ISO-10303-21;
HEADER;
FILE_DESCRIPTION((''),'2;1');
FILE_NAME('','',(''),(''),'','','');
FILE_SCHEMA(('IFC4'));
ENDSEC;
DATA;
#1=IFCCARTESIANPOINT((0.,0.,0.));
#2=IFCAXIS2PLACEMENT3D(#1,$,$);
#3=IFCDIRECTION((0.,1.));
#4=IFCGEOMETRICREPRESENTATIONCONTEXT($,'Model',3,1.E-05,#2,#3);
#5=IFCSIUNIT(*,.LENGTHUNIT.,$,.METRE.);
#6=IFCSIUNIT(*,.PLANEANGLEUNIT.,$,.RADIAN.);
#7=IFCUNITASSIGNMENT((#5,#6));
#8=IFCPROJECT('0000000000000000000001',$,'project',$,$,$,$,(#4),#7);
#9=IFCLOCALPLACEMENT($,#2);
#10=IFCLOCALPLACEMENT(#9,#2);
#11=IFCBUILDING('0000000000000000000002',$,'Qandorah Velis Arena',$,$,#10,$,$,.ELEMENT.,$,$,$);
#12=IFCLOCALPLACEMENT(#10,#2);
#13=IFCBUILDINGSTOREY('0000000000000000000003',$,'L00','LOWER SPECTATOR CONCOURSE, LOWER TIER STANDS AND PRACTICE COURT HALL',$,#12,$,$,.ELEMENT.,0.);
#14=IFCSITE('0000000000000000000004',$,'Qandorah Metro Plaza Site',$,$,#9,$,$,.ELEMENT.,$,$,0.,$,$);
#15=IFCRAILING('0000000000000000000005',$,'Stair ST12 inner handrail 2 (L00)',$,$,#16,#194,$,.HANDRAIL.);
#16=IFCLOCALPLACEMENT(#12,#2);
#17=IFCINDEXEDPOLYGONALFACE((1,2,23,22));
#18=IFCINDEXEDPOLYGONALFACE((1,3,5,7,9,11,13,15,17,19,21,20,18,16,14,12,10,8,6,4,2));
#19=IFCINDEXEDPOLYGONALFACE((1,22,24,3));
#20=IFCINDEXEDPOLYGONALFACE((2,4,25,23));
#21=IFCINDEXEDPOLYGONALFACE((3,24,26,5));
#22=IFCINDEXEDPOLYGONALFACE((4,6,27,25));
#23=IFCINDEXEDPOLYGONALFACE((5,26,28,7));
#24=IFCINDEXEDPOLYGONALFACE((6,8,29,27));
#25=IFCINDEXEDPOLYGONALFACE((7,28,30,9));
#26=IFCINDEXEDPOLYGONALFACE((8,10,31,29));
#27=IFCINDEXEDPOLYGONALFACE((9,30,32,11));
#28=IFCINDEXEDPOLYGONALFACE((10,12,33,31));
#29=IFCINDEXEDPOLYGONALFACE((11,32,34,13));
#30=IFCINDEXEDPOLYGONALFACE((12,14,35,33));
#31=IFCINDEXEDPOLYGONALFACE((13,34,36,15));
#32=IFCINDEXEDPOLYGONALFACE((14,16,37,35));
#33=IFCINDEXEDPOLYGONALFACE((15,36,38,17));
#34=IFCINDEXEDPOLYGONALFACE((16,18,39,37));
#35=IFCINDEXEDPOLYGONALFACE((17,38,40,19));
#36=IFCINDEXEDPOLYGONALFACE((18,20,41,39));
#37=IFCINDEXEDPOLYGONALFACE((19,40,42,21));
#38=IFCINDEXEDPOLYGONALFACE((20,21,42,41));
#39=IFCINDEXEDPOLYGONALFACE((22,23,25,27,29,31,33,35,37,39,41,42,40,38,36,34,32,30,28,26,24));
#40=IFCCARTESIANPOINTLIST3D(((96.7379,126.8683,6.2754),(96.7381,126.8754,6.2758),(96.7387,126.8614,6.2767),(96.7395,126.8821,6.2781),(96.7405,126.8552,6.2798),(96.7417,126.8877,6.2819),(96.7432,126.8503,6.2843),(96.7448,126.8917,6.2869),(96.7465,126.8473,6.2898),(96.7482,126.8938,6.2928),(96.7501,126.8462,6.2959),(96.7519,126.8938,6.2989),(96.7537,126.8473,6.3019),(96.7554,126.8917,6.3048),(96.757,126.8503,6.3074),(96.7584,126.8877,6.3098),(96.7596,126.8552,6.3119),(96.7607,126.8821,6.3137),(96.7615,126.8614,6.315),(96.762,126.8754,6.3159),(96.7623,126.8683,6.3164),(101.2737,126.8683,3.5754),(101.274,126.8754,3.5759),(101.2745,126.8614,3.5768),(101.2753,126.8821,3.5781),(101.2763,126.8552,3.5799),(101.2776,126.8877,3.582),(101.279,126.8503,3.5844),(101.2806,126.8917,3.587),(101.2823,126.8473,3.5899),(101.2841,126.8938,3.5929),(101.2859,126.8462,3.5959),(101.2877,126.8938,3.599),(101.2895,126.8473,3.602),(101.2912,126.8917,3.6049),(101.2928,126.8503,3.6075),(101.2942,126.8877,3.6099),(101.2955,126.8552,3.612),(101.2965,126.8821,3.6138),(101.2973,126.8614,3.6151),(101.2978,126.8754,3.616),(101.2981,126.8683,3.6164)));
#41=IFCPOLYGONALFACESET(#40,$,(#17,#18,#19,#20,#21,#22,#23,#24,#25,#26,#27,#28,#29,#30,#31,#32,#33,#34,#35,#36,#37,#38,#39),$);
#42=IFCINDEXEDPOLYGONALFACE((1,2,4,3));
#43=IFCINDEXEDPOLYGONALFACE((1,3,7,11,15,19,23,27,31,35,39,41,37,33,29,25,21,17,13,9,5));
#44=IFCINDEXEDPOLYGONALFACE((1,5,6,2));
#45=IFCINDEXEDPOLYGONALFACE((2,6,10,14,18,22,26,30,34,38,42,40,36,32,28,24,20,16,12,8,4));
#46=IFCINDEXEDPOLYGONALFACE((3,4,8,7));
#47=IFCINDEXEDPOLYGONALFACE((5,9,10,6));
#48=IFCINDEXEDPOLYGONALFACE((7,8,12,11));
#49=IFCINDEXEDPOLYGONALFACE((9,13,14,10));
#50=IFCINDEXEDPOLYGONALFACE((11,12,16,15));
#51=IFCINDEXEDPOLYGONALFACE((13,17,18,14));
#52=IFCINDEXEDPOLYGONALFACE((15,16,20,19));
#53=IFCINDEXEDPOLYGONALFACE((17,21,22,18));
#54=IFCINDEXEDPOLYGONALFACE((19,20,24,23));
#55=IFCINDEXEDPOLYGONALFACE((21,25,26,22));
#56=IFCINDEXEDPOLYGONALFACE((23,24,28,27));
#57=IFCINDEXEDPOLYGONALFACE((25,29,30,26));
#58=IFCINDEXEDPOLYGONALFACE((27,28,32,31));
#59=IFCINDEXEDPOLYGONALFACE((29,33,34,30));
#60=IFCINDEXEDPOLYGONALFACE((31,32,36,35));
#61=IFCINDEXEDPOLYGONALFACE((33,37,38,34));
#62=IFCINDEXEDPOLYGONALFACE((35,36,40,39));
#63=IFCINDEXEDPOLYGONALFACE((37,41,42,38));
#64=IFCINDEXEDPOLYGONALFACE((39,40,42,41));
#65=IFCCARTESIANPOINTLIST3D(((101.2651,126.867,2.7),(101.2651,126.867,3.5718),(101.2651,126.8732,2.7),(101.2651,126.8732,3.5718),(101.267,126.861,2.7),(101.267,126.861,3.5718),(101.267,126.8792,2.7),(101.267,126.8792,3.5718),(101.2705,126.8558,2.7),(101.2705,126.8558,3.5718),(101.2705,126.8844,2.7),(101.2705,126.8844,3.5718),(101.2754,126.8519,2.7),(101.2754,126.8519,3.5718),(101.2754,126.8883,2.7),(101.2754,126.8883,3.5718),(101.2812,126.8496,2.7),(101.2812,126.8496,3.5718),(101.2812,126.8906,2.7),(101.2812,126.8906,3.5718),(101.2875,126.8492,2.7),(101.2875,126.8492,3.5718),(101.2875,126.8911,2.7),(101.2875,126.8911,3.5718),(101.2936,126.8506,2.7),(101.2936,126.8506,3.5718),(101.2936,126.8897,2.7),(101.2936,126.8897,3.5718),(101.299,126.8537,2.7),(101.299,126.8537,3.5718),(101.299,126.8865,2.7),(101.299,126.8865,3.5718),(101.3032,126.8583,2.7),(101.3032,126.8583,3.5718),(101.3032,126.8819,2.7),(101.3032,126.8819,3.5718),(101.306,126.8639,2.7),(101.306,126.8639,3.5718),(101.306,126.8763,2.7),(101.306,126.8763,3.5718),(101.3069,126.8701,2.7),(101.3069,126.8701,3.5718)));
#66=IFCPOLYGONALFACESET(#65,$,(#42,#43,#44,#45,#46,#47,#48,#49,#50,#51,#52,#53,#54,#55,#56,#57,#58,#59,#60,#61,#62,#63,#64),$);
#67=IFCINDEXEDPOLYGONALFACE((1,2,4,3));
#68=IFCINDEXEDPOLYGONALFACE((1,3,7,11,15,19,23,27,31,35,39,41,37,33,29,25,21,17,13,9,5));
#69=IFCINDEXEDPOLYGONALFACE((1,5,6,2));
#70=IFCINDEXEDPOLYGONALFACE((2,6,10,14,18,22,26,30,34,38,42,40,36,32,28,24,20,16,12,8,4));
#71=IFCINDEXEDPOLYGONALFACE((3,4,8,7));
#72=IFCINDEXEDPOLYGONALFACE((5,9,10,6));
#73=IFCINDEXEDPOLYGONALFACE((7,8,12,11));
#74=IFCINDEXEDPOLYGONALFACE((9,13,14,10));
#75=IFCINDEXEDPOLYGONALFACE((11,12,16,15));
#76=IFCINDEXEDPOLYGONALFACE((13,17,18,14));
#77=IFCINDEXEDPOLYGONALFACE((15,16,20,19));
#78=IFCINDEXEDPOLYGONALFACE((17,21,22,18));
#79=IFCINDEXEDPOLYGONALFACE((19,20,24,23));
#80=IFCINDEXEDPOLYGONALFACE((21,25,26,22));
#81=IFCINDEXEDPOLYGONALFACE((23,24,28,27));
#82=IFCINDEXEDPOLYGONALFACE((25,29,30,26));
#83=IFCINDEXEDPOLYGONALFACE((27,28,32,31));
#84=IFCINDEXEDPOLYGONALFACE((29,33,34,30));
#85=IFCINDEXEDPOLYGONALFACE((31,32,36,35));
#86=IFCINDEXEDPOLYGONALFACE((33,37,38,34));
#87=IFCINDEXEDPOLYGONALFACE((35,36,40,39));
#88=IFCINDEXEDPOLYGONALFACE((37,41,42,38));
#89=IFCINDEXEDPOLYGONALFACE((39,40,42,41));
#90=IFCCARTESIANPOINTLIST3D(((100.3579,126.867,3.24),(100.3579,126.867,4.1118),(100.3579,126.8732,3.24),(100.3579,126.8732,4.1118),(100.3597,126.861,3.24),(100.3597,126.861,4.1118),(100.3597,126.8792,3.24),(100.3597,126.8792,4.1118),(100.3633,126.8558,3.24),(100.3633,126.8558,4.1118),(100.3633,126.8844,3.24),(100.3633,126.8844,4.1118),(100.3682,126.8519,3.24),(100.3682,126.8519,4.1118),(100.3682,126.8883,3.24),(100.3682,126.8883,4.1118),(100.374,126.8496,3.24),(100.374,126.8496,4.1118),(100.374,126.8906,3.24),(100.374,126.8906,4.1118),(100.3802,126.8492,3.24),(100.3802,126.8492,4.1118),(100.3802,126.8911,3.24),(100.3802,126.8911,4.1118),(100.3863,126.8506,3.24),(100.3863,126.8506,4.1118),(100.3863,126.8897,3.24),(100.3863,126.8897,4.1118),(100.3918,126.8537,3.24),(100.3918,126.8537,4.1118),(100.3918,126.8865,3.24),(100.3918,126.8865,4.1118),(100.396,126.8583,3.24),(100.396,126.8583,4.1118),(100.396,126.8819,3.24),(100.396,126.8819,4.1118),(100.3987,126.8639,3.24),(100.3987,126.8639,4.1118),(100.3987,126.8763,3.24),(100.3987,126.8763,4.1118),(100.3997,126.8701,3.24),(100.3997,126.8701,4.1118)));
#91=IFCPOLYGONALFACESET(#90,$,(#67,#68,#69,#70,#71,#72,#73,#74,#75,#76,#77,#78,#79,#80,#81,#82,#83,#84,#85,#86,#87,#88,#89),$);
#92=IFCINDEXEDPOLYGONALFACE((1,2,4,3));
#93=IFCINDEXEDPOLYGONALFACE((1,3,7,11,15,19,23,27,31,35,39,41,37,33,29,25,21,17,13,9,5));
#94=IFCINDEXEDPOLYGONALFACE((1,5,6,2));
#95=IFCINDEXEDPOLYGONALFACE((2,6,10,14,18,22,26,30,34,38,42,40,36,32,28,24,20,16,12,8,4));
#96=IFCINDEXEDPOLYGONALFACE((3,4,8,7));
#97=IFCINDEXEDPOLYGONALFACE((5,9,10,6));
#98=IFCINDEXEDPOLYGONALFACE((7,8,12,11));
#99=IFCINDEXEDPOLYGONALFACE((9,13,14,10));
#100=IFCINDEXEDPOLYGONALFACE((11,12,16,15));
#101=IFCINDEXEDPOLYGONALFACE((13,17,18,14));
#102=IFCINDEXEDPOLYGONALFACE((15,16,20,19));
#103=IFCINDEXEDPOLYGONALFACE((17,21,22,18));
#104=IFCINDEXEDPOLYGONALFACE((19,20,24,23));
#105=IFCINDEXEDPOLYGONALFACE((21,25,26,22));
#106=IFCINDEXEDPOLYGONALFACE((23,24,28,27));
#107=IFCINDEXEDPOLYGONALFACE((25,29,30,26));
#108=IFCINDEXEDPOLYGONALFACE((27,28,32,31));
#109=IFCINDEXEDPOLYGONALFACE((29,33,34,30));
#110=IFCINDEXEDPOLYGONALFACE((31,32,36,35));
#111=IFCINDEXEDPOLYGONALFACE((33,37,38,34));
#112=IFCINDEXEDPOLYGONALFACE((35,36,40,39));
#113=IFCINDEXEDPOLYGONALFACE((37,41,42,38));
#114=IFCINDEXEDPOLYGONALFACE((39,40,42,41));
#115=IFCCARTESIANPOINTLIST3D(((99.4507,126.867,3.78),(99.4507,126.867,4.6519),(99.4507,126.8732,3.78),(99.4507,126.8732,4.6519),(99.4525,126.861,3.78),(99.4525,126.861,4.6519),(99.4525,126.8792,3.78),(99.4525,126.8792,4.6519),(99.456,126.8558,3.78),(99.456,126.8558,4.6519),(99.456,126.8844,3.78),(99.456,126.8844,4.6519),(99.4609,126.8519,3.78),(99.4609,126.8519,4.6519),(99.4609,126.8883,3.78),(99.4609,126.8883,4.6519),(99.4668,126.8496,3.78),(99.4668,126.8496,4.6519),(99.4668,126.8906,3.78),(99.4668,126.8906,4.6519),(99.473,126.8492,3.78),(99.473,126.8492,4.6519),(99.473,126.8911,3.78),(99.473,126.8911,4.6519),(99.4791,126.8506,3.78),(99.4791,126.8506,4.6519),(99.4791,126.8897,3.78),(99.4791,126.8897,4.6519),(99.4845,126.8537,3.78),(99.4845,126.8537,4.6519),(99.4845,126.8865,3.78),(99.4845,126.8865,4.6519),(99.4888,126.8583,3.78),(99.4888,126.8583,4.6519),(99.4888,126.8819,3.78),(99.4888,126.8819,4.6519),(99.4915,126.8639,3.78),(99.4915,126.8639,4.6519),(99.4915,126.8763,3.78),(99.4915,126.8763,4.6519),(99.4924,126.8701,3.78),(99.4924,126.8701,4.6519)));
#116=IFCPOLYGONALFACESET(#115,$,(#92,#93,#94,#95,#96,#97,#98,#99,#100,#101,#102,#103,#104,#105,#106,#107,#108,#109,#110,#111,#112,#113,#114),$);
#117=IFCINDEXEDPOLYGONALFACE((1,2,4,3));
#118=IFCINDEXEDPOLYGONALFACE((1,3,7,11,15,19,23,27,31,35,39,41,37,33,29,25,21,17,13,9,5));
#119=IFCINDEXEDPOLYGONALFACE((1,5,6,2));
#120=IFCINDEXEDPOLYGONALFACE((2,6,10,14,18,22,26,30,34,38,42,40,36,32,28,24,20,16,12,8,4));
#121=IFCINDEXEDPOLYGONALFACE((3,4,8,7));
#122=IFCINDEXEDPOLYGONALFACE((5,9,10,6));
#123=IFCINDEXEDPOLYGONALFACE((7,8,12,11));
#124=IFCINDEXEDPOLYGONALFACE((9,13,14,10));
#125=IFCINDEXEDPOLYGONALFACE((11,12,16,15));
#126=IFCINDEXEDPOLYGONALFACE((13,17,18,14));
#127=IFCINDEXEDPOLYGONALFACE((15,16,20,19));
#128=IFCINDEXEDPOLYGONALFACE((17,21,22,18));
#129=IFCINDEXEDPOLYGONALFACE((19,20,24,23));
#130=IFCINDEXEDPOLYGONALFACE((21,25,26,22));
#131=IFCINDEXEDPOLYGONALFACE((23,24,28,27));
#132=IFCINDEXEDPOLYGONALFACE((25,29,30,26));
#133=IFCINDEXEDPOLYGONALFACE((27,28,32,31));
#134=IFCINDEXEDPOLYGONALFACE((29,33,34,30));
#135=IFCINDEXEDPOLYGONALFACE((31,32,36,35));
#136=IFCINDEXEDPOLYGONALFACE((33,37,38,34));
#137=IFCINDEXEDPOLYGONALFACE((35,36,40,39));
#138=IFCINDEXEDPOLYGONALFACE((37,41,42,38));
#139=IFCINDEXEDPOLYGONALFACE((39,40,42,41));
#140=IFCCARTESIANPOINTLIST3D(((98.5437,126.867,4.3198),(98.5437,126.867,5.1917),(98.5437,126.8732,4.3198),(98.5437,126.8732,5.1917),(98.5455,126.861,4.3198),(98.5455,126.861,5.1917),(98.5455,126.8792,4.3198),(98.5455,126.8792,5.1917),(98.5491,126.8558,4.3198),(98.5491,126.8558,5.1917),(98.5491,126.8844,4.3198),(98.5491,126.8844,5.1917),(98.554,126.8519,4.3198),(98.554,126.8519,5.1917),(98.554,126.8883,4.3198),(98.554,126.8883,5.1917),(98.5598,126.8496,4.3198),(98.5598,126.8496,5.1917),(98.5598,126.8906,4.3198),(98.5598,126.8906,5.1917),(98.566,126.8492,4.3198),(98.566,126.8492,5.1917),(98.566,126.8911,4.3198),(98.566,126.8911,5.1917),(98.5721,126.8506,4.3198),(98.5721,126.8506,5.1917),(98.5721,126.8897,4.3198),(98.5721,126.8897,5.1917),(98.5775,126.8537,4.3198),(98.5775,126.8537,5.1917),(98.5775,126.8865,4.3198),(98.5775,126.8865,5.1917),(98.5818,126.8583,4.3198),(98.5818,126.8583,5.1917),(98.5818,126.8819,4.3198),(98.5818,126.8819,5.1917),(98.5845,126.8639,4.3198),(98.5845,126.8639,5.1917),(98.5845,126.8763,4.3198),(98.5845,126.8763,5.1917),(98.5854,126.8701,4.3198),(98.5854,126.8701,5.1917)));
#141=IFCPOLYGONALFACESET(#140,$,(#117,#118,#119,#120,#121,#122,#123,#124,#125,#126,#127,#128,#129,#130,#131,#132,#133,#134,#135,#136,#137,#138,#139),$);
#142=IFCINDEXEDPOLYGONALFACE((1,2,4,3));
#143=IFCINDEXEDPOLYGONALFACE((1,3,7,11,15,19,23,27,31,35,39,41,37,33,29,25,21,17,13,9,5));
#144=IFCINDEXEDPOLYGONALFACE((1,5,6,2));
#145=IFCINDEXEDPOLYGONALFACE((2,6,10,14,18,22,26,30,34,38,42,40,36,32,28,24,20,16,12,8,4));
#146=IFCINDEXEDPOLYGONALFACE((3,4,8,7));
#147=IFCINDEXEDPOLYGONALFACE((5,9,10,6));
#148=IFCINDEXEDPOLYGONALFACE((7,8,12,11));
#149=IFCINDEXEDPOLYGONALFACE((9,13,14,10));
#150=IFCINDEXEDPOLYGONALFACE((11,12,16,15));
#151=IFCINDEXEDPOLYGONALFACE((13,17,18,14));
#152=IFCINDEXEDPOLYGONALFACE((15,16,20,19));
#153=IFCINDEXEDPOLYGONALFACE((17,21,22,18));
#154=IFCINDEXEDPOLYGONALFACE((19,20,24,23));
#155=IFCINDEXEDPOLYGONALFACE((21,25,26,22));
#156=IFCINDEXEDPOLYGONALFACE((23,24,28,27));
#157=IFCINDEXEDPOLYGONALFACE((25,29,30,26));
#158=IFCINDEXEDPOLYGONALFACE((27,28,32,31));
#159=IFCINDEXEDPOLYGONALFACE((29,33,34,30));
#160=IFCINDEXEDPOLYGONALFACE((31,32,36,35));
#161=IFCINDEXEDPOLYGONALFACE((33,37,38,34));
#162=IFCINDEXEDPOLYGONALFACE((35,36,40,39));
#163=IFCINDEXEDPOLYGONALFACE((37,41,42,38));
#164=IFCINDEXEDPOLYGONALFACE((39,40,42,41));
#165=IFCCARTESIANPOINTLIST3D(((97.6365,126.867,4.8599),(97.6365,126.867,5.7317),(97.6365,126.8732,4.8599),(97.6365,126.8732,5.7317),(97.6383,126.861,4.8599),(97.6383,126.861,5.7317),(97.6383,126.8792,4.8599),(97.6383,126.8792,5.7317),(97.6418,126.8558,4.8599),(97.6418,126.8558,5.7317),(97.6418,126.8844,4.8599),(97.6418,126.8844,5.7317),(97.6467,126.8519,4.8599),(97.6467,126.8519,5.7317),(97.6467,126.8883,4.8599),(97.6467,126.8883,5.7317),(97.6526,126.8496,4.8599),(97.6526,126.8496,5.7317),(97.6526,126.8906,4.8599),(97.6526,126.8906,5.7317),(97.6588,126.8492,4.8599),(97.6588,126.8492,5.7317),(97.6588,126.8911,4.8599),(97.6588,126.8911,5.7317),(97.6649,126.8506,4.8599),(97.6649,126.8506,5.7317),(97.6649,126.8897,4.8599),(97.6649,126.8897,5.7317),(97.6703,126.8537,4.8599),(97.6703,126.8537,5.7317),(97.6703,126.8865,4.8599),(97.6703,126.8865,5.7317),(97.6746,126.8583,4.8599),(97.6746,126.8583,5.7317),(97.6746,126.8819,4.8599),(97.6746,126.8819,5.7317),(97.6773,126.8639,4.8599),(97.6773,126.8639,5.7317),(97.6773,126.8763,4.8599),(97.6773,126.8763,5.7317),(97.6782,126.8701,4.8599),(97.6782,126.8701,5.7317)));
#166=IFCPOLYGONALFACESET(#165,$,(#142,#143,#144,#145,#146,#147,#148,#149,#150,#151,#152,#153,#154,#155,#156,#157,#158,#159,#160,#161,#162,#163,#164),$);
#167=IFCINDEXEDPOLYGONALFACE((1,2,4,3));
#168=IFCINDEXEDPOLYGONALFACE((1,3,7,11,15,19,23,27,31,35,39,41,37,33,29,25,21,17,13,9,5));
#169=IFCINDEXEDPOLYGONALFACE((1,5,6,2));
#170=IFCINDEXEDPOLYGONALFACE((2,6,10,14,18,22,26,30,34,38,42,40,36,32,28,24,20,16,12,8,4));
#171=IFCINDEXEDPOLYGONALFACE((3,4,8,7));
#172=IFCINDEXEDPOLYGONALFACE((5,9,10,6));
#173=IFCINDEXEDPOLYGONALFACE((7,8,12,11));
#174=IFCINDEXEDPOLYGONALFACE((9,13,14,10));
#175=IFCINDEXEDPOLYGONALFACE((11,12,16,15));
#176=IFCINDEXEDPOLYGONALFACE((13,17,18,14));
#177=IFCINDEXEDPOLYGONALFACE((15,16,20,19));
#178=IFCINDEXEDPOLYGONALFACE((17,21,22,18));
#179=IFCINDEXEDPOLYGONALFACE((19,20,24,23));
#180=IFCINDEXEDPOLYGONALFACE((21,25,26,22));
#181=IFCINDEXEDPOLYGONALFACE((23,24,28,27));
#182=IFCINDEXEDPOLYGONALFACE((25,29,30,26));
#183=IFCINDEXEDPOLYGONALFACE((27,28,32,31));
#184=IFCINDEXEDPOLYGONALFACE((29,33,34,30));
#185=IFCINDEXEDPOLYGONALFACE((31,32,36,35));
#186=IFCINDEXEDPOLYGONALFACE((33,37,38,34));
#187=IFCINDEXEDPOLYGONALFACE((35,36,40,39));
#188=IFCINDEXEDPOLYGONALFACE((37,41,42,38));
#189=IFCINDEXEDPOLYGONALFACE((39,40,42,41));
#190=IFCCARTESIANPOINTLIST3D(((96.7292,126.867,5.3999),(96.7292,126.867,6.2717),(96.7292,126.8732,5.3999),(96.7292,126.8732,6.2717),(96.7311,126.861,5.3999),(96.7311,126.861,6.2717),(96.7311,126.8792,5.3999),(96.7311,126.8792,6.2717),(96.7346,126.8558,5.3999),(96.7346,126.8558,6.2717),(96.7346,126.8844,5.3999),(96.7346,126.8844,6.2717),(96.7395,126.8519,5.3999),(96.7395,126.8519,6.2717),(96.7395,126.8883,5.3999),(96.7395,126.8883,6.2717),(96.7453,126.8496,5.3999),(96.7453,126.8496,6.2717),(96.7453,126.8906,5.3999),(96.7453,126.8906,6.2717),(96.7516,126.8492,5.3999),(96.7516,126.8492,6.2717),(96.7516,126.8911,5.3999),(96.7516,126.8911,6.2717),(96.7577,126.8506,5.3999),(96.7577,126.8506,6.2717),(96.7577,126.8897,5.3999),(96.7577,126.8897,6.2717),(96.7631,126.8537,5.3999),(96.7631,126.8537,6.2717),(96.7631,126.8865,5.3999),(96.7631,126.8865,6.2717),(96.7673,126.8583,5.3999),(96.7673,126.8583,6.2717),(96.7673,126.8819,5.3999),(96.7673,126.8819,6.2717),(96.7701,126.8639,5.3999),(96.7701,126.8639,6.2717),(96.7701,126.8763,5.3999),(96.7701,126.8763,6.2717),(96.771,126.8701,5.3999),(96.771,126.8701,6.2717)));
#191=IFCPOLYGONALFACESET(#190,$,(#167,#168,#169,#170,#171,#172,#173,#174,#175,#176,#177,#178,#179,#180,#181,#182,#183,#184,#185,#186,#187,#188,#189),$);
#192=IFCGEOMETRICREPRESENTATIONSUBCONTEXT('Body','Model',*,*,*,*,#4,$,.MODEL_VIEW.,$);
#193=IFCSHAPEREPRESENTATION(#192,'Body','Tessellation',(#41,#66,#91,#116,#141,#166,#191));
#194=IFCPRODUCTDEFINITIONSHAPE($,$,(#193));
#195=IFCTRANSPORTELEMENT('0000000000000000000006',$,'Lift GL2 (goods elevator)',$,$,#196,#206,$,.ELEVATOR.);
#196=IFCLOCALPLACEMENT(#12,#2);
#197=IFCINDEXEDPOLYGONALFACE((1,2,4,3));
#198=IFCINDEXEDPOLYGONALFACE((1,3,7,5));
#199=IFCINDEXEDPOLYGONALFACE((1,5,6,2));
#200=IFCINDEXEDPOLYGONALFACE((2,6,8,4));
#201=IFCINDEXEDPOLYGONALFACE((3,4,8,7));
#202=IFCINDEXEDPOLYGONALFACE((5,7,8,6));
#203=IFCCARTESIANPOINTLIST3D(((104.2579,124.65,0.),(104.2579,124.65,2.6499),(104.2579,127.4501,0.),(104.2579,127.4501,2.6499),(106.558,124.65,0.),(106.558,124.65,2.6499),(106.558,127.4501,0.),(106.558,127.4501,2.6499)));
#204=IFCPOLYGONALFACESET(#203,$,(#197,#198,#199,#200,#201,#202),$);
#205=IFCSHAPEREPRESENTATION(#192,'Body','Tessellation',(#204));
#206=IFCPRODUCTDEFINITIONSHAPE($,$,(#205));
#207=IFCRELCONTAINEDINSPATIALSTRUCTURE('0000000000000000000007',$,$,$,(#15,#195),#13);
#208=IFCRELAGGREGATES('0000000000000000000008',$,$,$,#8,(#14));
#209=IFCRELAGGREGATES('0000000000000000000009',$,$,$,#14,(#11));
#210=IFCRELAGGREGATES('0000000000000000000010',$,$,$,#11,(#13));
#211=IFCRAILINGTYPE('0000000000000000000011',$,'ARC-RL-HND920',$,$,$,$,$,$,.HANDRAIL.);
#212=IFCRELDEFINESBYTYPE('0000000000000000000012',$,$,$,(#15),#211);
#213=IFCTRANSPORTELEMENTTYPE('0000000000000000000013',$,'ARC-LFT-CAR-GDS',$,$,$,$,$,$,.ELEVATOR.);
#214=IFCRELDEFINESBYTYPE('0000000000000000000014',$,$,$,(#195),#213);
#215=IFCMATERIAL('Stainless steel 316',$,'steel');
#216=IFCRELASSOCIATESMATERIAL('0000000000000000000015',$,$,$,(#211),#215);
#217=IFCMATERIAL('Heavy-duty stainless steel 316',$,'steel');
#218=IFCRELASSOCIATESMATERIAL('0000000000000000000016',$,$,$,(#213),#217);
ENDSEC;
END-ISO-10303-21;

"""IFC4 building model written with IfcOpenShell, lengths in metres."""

from ifc_helpers import new_model, si_unit, direction, frame, origin, origin_2d, place, context, subcontext, project, spatial, rectangle, circle, extrude, material, type_object, element, save


model = new_model("IFC4")

# Units and contexts
model_context = context("Model", 3, precision=1e-05, world=origin(), true_north=direction((0.0, 1.0)))
body_context = subcontext(model_context, "Body", "Model", "MODEL_VIEW")
ifc_project = project(units=[si_unit("LENGTHUNIT", "METRE"), si_unit("PLANEANGLEUNIT", "RADIAN")], contexts=[model_context])

# Site, building, storey
site_placement = place(None, origin())
site = spatial("IfcSite", under=ifc_project, at=site_placement, Name="Qandorah Metro Plaza Site", CompositionType="ELEMENT", RefElevation=0.0)
building_placement = place(site_placement, origin())
building = spatial("IfcBuilding", under=site, at=building_placement, Name="Qandorah Velis Arena", CompositionType="ELEMENT")
storey_placement = place(building_placement, origin())
storey = spatial("IfcBuildingStorey", under=building, at=storey_placement, Name="L00", Description="LOWER SPECTATOR CONCOURSE, LOWER TIER STANDS AND PRACTICE COURT HALL", CompositionType="ELEMENT", Elevation=0.0)

# Railing
ifc_material_1 = material(Name="Stainless steel 316", Category="steel")
railing_type_1 = type_object("IfcRailingType", Name="ARC-RL-HND920", PredefinedType="HANDRAIL", material=ifc_material_1)
railing_1_placement = place(storey_placement, frame((101.2859, 126.8701, 2.7)))
element("IfcRailing", 1, at=railing_1_placement, inside=storey, type_object=railing_type_1, Name="Stair ST12 inner handrail 2 (L00)", PredefinedType="HANDRAIL", context=body_context, shape_type="SweptSolid", body=[
    extrude(circle(Radius=0.0239, at=origin_2d()), frame((0.0, 0.0, 0.896), z_axis=(-0.859291, 0.0, 0.511486), x_axis=(0.0, -1.0, 0.0)), (0.0, 0.0, 1.0), 5.2786),
    extrude(circle(Radius=0.021, at=origin_2d()), origin(), (0.0, 0.0, 1.0), 0.8718),
    extrude(circle(Radius=0.021, at=origin_2d()), frame((-0.9072, 0.0, 0.54)), (0.0, 0.0, 1.0), 0.8718),
    extrude(circle(Radius=0.021, at=origin_2d()), frame((-1.8145, 0.0, 1.0801)), (0.0, 0.0, 1.0), 0.8718),
    extrude(circle(Radius=0.021, at=origin_2d()), frame((-2.7214, 0.0, 1.6199)), (0.0, 0.0, 1.0), 0.8718),
    extrude(circle(Radius=0.021, at=origin_2d()), frame((-3.6287, 0.0, 2.1599)), (0.0, 0.0, 1.0), 0.8718),
    extrude(circle(Radius=0.021, at=origin_2d()), frame((-4.5359, 0.0, 2.7)), (0.0, 0.0, 1.0), 0.8718),
])

# Transport element
ifc_material_2 = material(Name="Heavy-duty stainless steel 316", Category="steel")
transport_element_type = type_object("IfcTransportElementType", Name="ARC-LFT-CAR-GDS", PredefinedType="ELEVATOR", material=ifc_material_2)
transport_element_placement = place(storey_placement, frame((105.408, 126.05, 0.0), z_axis=(0.0, 0.0, 1.0), x_axis=(1.0, 0.0, 0.0)))
element("IfcTransportElement", 2, at=transport_element_placement, inside=storey, type_object=transport_element_type, Name="Lift GL2 (goods elevator)", PredefinedType="ELEVATOR", context=body_context, shape_type="SweptSolid", body=[
    extrude(rectangle(XDim=2.3, YDim=2.8, at=origin_2d()), origin(), (0.0, 0.0, 1.0), 2.6499),
])

save(model, "model.ifc")
